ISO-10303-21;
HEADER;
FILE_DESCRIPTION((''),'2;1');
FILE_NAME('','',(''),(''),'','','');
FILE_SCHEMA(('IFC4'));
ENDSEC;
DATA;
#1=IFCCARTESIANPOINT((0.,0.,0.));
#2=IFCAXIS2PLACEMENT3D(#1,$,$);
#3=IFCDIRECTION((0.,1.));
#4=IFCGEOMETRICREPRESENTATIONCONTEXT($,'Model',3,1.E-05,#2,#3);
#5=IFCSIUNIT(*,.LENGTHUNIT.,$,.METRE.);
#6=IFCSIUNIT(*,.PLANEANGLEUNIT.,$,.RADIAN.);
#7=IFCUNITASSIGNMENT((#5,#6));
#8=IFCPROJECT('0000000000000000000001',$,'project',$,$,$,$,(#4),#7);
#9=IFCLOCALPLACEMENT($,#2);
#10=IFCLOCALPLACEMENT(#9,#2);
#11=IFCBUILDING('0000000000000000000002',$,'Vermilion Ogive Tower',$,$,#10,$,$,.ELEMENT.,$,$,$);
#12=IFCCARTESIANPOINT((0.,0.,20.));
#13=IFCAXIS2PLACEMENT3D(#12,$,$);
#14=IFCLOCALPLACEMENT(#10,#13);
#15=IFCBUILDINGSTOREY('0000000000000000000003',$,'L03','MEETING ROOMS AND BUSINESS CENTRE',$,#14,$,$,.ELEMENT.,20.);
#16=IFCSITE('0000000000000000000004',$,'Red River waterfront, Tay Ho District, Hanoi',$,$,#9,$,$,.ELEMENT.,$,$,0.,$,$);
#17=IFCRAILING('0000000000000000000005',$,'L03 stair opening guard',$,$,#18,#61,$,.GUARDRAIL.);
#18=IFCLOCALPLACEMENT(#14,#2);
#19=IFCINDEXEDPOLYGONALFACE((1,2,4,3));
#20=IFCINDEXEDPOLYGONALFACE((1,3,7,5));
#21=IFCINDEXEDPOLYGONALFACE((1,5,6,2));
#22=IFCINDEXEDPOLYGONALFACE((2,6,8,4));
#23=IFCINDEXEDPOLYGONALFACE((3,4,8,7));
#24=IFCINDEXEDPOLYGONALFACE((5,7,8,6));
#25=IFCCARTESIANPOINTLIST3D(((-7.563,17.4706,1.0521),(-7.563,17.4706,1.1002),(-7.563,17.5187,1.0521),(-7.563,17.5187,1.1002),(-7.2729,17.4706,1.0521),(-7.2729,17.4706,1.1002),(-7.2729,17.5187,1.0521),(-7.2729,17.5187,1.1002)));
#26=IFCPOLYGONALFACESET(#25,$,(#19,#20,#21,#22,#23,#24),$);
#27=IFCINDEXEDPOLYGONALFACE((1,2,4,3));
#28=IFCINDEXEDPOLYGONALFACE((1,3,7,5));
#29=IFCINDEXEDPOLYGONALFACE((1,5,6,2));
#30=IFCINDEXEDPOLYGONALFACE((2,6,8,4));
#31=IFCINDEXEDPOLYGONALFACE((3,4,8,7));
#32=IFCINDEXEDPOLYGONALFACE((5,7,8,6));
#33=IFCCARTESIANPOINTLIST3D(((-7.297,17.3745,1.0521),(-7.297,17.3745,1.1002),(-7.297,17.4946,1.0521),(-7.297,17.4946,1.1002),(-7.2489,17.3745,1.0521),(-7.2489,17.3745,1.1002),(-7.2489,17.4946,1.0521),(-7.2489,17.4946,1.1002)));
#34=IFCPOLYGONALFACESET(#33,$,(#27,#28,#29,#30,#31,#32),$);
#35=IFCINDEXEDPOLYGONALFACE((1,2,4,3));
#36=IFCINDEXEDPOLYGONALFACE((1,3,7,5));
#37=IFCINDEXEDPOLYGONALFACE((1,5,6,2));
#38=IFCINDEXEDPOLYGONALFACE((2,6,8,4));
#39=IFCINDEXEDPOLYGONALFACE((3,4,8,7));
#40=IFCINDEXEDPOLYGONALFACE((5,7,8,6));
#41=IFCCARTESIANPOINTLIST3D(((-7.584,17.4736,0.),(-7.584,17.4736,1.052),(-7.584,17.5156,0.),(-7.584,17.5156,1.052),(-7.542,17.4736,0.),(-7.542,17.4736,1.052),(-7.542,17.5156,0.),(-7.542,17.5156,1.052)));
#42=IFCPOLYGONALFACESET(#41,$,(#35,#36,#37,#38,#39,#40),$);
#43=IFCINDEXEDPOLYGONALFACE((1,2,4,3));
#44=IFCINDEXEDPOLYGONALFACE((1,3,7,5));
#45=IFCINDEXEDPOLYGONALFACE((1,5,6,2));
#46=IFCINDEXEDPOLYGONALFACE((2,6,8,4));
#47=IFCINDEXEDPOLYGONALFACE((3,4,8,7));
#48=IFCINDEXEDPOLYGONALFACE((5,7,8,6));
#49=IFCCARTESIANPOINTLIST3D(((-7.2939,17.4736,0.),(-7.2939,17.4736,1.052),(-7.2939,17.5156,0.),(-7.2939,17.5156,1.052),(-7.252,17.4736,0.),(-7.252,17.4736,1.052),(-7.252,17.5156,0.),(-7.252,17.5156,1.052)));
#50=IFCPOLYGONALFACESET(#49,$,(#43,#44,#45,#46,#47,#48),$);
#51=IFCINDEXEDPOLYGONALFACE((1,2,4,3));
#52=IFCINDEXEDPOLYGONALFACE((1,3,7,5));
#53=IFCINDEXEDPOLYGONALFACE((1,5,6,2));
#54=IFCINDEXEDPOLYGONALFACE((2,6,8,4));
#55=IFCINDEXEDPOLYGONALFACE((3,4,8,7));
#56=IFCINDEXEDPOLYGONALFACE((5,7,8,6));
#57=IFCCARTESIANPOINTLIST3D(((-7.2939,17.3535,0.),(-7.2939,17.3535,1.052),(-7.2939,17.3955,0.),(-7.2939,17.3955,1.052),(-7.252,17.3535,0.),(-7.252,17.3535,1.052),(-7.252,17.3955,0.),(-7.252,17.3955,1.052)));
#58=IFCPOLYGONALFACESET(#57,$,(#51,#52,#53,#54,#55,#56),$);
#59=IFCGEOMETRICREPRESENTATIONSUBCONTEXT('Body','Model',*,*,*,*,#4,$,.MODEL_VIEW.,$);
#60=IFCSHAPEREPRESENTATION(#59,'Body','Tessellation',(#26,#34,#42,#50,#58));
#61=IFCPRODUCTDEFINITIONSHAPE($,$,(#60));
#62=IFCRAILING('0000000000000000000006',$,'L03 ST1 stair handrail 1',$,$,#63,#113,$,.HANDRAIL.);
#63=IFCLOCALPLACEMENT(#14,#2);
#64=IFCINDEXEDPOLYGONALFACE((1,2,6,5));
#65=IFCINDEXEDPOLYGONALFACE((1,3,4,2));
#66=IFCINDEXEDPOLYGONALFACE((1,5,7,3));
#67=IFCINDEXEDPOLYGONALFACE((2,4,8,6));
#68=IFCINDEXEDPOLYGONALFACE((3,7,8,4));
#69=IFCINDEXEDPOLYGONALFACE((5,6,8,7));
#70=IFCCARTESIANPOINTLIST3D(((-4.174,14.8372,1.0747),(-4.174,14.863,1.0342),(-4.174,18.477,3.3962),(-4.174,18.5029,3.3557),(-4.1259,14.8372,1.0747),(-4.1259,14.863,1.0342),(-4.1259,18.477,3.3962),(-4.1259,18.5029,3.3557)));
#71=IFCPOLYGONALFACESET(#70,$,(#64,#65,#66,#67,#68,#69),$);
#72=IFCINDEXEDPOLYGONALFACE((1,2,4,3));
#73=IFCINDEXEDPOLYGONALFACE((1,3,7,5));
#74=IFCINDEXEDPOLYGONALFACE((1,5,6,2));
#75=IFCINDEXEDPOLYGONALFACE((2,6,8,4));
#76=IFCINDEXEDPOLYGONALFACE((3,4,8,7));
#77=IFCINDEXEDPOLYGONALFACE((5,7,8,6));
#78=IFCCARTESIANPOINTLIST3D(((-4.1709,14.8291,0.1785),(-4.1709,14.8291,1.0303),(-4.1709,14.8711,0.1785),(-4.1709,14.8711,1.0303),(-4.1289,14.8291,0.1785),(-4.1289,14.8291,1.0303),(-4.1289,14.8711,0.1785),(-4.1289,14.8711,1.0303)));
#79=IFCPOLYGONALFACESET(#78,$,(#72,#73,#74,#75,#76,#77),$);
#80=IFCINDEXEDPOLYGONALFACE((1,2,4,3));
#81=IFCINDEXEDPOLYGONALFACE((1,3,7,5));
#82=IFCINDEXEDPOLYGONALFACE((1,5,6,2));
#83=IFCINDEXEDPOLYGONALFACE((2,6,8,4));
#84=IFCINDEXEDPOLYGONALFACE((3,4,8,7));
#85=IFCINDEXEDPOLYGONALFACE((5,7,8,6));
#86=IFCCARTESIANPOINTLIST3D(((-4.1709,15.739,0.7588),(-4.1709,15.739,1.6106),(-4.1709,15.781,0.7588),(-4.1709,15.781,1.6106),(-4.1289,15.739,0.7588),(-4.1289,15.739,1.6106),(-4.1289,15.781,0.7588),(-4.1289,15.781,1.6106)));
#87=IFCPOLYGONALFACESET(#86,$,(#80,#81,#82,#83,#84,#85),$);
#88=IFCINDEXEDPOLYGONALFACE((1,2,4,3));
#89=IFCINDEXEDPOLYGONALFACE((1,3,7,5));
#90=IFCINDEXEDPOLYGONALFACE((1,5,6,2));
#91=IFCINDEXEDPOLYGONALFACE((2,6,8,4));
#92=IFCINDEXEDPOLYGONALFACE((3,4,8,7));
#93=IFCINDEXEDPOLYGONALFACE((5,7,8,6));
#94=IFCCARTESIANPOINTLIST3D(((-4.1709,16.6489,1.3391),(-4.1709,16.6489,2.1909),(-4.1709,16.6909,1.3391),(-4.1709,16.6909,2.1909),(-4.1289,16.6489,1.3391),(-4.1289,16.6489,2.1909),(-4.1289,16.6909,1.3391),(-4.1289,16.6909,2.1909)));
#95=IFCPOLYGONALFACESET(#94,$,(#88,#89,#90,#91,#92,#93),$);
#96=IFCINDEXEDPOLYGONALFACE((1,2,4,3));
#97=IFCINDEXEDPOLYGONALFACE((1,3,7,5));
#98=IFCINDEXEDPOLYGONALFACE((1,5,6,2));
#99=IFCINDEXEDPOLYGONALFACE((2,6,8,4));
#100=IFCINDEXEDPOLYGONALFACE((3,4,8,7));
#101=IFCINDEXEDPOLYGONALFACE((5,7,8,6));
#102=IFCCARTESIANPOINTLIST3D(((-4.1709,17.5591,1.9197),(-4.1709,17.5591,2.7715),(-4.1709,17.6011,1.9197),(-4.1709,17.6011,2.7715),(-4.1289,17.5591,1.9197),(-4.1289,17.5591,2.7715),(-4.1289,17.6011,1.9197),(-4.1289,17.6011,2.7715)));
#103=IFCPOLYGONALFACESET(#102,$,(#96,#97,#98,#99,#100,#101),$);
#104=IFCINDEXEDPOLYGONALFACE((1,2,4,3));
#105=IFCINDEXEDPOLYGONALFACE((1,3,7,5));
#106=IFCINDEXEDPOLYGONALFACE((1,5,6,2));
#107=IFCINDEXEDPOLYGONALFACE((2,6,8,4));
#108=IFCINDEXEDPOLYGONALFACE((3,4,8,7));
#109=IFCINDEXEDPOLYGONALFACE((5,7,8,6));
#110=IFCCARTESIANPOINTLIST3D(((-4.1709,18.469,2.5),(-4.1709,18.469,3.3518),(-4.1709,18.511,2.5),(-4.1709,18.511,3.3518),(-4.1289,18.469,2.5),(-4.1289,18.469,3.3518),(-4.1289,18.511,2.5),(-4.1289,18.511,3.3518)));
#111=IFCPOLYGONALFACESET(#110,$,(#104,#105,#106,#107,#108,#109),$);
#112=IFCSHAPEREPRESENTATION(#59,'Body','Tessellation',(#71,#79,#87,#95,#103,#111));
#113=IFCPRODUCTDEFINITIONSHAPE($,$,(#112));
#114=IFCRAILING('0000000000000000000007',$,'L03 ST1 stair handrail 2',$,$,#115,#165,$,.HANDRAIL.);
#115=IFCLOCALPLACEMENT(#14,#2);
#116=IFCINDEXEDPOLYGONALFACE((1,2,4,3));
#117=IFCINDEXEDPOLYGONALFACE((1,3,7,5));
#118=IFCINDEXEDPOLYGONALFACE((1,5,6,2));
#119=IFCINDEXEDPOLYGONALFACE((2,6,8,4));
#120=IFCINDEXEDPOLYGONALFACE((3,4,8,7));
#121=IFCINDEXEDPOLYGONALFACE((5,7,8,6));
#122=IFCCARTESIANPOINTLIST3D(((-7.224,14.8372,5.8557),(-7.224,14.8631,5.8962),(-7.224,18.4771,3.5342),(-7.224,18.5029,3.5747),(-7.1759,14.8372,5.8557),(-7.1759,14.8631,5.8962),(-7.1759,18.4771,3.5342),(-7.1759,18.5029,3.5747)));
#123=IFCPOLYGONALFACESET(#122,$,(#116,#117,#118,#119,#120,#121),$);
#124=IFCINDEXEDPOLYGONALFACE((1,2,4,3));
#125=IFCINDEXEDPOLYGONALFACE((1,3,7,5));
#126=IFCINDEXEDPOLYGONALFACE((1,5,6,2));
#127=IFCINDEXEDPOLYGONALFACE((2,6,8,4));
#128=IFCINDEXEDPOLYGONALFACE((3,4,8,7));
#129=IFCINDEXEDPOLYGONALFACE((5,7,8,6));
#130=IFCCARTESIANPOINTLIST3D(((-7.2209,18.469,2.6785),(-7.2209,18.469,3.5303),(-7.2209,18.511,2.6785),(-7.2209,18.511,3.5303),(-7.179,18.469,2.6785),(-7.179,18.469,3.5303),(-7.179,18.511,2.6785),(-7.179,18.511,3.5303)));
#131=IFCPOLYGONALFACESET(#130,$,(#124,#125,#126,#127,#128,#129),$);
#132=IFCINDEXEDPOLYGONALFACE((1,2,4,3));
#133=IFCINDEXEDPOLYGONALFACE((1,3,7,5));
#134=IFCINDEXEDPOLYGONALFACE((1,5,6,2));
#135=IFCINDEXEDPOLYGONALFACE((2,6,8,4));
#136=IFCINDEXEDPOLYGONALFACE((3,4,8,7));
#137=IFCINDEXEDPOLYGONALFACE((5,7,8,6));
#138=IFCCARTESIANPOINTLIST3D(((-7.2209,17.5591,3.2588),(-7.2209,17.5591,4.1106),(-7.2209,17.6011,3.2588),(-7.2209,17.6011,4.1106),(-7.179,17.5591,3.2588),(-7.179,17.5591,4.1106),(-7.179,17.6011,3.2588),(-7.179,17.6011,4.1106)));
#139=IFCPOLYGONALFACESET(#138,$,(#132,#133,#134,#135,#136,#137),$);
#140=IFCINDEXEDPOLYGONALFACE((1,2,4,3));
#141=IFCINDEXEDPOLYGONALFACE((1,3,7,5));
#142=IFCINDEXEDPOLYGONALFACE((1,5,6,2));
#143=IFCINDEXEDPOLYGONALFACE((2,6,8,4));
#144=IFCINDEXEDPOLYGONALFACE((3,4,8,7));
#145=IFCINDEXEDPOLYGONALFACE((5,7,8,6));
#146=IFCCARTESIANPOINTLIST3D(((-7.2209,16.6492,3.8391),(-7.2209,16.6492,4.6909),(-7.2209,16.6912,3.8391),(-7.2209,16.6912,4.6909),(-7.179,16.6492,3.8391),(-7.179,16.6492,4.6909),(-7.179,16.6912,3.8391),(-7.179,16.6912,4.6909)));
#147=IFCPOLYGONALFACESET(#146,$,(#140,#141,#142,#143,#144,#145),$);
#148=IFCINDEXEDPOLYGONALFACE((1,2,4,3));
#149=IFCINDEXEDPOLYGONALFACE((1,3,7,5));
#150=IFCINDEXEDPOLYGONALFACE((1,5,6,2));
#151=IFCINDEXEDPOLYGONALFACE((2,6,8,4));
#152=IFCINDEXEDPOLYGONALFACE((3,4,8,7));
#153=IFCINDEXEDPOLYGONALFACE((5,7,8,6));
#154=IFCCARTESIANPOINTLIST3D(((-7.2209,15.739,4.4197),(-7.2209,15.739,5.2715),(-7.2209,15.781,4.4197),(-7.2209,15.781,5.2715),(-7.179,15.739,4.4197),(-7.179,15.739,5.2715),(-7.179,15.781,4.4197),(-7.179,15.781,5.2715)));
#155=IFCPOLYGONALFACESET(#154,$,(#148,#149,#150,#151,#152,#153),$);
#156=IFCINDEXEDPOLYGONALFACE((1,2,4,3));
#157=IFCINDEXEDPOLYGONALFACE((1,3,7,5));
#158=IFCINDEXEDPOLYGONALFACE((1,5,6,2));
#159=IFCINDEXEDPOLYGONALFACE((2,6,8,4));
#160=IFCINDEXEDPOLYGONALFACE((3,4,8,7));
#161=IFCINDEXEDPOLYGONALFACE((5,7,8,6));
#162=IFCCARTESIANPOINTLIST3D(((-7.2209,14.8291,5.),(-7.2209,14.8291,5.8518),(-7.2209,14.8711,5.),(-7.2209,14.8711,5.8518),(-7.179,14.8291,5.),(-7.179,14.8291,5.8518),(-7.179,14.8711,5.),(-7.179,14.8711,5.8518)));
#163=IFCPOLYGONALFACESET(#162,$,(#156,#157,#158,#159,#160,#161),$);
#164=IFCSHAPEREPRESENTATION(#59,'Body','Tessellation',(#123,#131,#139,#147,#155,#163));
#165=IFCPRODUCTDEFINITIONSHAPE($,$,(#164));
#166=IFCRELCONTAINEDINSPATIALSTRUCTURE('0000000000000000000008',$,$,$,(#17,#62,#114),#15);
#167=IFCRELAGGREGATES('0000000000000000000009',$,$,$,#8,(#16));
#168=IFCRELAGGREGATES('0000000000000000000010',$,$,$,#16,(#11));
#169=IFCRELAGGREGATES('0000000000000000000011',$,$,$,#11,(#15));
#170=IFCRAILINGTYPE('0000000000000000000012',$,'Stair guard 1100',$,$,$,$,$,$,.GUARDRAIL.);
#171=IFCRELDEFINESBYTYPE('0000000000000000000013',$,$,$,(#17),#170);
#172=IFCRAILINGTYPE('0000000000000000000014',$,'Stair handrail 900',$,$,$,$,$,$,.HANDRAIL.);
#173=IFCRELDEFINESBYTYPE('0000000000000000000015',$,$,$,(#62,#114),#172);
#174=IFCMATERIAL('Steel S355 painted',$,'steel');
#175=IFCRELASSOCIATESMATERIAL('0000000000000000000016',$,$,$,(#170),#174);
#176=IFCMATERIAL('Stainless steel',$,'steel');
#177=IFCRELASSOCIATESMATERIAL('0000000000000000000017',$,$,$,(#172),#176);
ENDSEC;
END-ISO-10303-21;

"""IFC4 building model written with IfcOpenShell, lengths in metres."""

from ifc_helpers import new_model, si_unit, direction, frame, origin, origin_2d, place, context, subcontext, project, spatial, rectangle, extrude, material, type_object, element, save


model = new_model("IFC4")

# Units and contexts
model_context = context("Model", 3, precision=1e-05, world=origin(), true_north=direction((0.0, 1.0)))
body_context = subcontext(model_context, "Body", "Model", "MODEL_VIEW")
ifc_project = project(units=[si_unit("LENGTHUNIT", "METRE"), si_unit("PLANEANGLEUNIT", "RADIAN")], contexts=[model_context])

# Site, building, storey
site_placement = place(None, origin())
site = spatial("IfcSite", under=ifc_project, at=site_placement, Name="Red River waterfront, Tay Ho District, Hanoi", CompositionType="ELEMENT", RefElevation=0.0)
building_placement = place(site_placement, origin())
building = spatial("IfcBuilding", under=site, at=building_placement, Name="Vermilion Ogive Tower", CompositionType="ELEMENT")
storey_placement = place(building_placement, frame((0.0, 0.0, 20.0)))
storey = spatial("IfcBuildingStorey", under=building, at=storey_placement, Name="L03", Description="MEETING ROOMS AND BUSINESS CENTRE", CompositionType="ELEMENT", Elevation=20.0)

# Railings
ifc_material_1 = material(Name="Steel S355 painted", Category="steel")
railing_type_1 = type_object("IfcRailingType", Name="Stair guard 1100", PredefinedType="GUARDRAIL", material=ifc_material_1)
railing_1_placement = place(storey_placement, frame((-7.563, 17.4946, 0.0)))
element("IfcRailing", 1, at=railing_1_placement, inside=storey, type_object=railing_type_1, Name="L03 stair opening guard", PredefinedType="GUARDRAIL", context=body_context, shape_type="SweptSolid", body=[
    extrude(rectangle(XDim=0.0481, YDim=0.0481, at=origin_2d()), frame((0.0, 0.0, 1.0762), z_axis=(1.0, 0.0, 0.0), x_axis=(0.0, 1.0, 0.0)), (0.0, 0.0, 1.0), 0.29),
    extrude(rectangle(XDim=0.0481, YDim=0.0481, at=origin_2d()), frame((0.29, 0.0, 1.0762), z_axis=(0.0, -1.0, 0.0), x_axis=(1.0, 0.0, 0.0)), (0.0, 0.0, 1.0), 0.1201),
    extrude(rectangle(XDim=0.042, YDim=0.042, at=origin_2d()), origin(), (0.0, 0.0, 1.0), 1.052),
    extrude(rectangle(XDim=0.042, YDim=0.042, at=origin_2d()), frame((0.29, 0.0, 0.0)), (0.0, 0.0, 1.0), 1.052),
    extrude(rectangle(XDim=0.042, YDim=0.042, at=origin_2d()), frame((0.29, -0.1201, 0.0)), (0.0, 0.0, 1.0), 1.052),
])
ifc_material_2 = material(Name="Stainless steel", Category="steel")
railing_type_2 = type_object("IfcRailingType", Name="Stair handrail 900", PredefinedType="HANDRAIL", material=ifc_material_2)
railing_2_placement = place(storey_placement, frame((-4.1499, 14.8501, 0.1785)))
element("IfcRailing", 2, at=railing_2_placement, inside=storey, type_object=railing_type_2, Name="L03 ST1 stair handrail 1", PredefinedType="HANDRAIL", context=body_context, shape_type="SweptSolid", body=[
    extrude(rectangle(XDim=0.0481, YDim=0.0481, at=origin_2d()), frame((0.0, 0.0, 0.876), z_axis=(0.0, 0.843112, 0.537739), x_axis=(-1.0, 0.0, 0.0)), (0.0, 0.0, 1.0), 4.3171),
    extrude(rectangle(XDim=0.042, YDim=0.042, at=origin_2d()), origin(), (0.0, 0.0, 1.0), 0.8518),
    extrude(rectangle(XDim=0.042, YDim=0.042, at=origin_2d()), frame((0.0, 0.9099, 0.5803)), (0.0, 0.0, 1.0), 0.8518),
    extrude(rectangle(XDim=0.042, YDim=0.042, at=origin_2d()), frame((0.0, 1.8198, 1.1606)), (0.0, 0.0, 1.0), 0.8518),
    extrude(rectangle(XDim=0.042, YDim=0.042, at=origin_2d()), frame((0.0, 2.73, 1.7412)), (0.0, 0.0, 1.0), 0.8518),
    extrude(rectangle(XDim=0.042, YDim=0.042, at=origin_2d()), frame((0.0, 3.6399, 2.3215)), (0.0, 0.0, 1.0), 0.8518),
])
railing_3_placement = place(storey_placement, frame((-7.2, 18.49, 2.6785)))
element("IfcRailing", 3, at=railing_3_placement, inside=storey, type_object=railing_type_2, Name="L03 ST1 stair handrail 2", PredefinedType="HANDRAIL", context=body_context, shape_type="SweptSolid", body=[
    extrude(rectangle(XDim=0.0481, YDim=0.0481, at=origin_2d()), frame((0.0, 0.0, 0.876), z_axis=(0.0, -0.843112, 0.537739), x_axis=(1.0, 0.0, 0.0)), (0.0, 0.0, 1.0), 4.3171),
    extrude(rectangle(XDim=0.042, YDim=0.042, at=origin_2d()), origin(), (0.0, 0.0, 1.0), 0.8518),
    extrude(rectangle(XDim=0.042, YDim=0.042, at=origin_2d()), frame((0.0, -0.9099, 0.5803)), (0.0, 0.0, 1.0), 0.8518),
    extrude(rectangle(XDim=0.042, YDim=0.042, at=origin_2d()), frame((0.0, -1.8198, 1.1606)), (0.0, 0.0, 1.0), 0.8518),
    extrude(rectangle(XDim=0.042, YDim=0.042, at=origin_2d()), frame((0.0, -2.73, 1.7412)), (0.0, 0.0, 1.0), 0.8518),
    extrude(rectangle(XDim=0.042, YDim=0.042, at=origin_2d()), frame((0.0, -3.6399, 2.3215)), (0.0, 0.0, 1.0), 0.8518),
])

save(model, "model.ifc")
